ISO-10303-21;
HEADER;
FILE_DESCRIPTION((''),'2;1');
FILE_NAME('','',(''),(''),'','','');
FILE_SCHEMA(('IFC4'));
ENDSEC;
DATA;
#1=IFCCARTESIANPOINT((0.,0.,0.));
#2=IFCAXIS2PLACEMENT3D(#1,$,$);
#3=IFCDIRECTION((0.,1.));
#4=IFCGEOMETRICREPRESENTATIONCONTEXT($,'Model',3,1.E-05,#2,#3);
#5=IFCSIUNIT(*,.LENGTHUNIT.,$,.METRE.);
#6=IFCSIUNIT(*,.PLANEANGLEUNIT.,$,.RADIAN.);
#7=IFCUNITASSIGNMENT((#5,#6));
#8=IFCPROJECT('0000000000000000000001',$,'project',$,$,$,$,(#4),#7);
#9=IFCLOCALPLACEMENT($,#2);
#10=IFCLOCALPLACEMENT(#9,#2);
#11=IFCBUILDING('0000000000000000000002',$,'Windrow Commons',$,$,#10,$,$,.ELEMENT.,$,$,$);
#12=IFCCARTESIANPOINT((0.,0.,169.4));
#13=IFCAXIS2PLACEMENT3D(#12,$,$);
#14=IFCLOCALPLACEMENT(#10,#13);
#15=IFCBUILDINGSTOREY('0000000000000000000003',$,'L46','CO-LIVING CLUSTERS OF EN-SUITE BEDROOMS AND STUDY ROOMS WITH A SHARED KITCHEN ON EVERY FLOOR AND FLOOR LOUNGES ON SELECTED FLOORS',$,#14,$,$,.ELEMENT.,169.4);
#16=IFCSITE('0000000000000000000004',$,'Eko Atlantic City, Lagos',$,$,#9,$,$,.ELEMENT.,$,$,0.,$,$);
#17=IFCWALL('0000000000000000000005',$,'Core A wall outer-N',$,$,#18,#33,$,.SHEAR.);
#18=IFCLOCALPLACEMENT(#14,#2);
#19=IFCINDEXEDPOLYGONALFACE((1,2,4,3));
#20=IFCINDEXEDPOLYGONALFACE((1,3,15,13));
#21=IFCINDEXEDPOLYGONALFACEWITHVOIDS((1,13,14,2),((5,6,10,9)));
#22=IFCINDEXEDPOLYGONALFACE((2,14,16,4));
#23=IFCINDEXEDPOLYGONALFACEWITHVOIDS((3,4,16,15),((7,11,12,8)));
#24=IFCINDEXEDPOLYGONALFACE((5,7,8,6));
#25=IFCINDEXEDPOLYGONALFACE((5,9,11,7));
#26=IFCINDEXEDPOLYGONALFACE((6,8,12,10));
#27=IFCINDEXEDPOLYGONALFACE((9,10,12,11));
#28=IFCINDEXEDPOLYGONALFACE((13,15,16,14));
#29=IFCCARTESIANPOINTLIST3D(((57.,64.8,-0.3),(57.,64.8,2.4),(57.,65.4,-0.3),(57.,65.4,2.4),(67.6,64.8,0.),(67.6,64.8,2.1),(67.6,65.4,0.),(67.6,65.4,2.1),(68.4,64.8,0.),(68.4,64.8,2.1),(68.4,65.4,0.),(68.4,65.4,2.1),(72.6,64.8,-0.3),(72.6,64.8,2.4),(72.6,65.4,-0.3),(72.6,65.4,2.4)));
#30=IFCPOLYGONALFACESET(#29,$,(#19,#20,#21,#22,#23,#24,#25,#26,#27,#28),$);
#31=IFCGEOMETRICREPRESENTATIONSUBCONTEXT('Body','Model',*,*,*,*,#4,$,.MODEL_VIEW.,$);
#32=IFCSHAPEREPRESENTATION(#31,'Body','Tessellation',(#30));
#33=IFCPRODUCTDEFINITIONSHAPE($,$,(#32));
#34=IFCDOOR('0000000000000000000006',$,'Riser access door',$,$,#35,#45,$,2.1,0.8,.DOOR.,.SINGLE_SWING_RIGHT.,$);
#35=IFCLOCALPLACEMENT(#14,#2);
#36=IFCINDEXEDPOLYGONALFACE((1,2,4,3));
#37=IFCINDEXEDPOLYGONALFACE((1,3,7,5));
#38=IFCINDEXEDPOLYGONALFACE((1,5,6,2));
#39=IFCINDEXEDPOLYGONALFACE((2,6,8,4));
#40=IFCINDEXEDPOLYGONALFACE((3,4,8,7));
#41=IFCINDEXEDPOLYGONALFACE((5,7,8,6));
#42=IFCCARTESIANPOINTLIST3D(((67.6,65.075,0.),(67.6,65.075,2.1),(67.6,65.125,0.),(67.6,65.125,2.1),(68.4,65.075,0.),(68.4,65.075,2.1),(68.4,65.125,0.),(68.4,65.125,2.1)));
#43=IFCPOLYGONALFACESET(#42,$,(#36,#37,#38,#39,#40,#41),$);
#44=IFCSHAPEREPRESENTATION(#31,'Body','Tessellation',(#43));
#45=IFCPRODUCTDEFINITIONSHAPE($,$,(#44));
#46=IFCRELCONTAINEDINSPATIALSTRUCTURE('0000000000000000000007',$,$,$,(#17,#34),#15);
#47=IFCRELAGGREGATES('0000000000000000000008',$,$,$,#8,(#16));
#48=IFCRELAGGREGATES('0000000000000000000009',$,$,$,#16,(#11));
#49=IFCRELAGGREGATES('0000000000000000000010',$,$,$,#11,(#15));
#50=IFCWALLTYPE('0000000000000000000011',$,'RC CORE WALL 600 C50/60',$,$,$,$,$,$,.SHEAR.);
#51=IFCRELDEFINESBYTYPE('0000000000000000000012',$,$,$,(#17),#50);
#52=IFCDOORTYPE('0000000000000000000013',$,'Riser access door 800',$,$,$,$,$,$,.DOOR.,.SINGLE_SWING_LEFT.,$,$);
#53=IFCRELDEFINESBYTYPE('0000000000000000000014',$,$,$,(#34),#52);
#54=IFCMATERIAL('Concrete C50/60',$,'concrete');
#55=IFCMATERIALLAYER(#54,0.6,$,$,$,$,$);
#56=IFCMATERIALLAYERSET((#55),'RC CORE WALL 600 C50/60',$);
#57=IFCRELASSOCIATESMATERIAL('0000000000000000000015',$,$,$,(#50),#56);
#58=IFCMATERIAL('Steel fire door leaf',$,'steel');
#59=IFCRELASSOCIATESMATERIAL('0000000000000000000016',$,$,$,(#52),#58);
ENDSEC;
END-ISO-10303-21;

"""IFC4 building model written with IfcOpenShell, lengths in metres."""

from ifc_helpers import new_model, si_unit, direction, frame, frame_2d, origin, place, context, subcontext, project, spatial, rectangle, extrude, material, layer, layer_set, type_object, element, fill, save


model = new_model("IFC4")

# Units and contexts
model_context = context("Model", 3, precision=1e-05, world=origin(), true_north=direction((0.0, 1.0)))
body_context = subcontext(model_context, "Body", "Model", "MODEL_VIEW")
ifc_project = project(units=[si_unit("LENGTHUNIT", "METRE"), si_unit("PLANEANGLEUNIT", "RADIAN")], contexts=[model_context])

# Site, building, storey
site_placement = place(None, origin())
site = spatial("IfcSite", under=ifc_project, at=site_placement, Name="Eko Atlantic City, Lagos", CompositionType="ELEMENT", RefElevation=0.0)
building_placement = place(site_placement, origin())
building = spatial("IfcBuilding", under=site, at=building_placement, Name="Windrow Commons", CompositionType="ELEMENT")
storey_placement = place(building_placement, frame((0.0, 0.0, 169.4)))
storey = spatial("IfcBuildingStorey", under=building, at=storey_placement, Name="L46", Description="CO-LIVING CLUSTERS OF EN-SUITE BEDROOMS AND STUDY ROOMS WITH A SHARED KITCHEN ON EVERY FLOOR AND FLOOR LOUNGES ON SELECTED FLOORS", CompositionType="ELEMENT", Elevation=169.4)

# Wall, opening, door
ifc_material_1 = material(Name="Concrete C50/60", Category="concrete")
ifc_layer_1 = layer(ifc_material_1, 0.6)
ifc_layer_set_1 = layer_set([ifc_layer_1], Name="RC CORE WALL 600 C50/60")
wall_type_1 = type_object("IfcWallType", Name="RC CORE WALL 600 C50/60", PredefinedType="SHEAR", material=ifc_layer_set_1)
wall_1_placement = place(storey_placement, frame((57.0, 65.1, -0.3), z_axis=(0.0, 0.0, 1.0), x_axis=(1.0, 0.0, 0.0)))
wall_1 = element("IfcWall", 1, at=wall_1_placement, inside=storey, type_object=wall_type_1, Name="Core A wall outer-N", PredefinedType="SHEAR", context=body_context, shape_type="SweptSolid", body=[
    extrude(rectangle(XDim=15.6, YDim=0.6, at=frame_2d((7.8, 0.0))), origin(), (0.0, 0.0, 1.0), 2.7),
])
opening_1_placement = place(wall_1_placement, frame((10.6, 0.0, 0.3)))
opening_1 = element("IfcOpeningElement", 2, at=opening_1_placement, cuts=wall_1, PredefinedType="OPENING", context=body_context, shape_type="SweptSolid", body=[
    extrude(rectangle(XDim=0.8, YDim=2.1, at=frame_2d((0.4, 1.05))), frame((0.0, 0.31, 0.0), z_axis=(0.0, -1.0, 0.0), x_axis=(1.0, 0.0, 0.0)), (0.0, 0.0, 1.0), 0.62),
])
ifc_material_2 = material(Name="Steel fire door leaf", Category="steel")
door_type_1 = type_object("IfcDoorType", Name="Riser access door 800", OperationType="SINGLE_SWING_LEFT", PredefinedType="DOOR", material=ifc_material_2)
door_1_placement = place(opening_1_placement, origin())
door_1 = element("IfcDoor", 3, at=door_1_placement, inside=storey, type_object=door_type_1, Name="Riser access door", OperationType="SINGLE_SWING_RIGHT", OverallHeight=2.1, OverallWidth=0.8, PredefinedType="DOOR", context=body_context, shape_type="SweptSolid", body=[
    extrude(rectangle(XDim=0.8, YDim=2.1, at=frame_2d((0.4, 1.05))), frame((0.0, 0.025, 0.0), z_axis=(0.0, -1.0, 0.0), x_axis=(1.0, 0.0, 0.0)), (0.0, 0.0, 1.0), 0.05),
])
fill(opening_1, door_1)

save(model, "model.ifc")
